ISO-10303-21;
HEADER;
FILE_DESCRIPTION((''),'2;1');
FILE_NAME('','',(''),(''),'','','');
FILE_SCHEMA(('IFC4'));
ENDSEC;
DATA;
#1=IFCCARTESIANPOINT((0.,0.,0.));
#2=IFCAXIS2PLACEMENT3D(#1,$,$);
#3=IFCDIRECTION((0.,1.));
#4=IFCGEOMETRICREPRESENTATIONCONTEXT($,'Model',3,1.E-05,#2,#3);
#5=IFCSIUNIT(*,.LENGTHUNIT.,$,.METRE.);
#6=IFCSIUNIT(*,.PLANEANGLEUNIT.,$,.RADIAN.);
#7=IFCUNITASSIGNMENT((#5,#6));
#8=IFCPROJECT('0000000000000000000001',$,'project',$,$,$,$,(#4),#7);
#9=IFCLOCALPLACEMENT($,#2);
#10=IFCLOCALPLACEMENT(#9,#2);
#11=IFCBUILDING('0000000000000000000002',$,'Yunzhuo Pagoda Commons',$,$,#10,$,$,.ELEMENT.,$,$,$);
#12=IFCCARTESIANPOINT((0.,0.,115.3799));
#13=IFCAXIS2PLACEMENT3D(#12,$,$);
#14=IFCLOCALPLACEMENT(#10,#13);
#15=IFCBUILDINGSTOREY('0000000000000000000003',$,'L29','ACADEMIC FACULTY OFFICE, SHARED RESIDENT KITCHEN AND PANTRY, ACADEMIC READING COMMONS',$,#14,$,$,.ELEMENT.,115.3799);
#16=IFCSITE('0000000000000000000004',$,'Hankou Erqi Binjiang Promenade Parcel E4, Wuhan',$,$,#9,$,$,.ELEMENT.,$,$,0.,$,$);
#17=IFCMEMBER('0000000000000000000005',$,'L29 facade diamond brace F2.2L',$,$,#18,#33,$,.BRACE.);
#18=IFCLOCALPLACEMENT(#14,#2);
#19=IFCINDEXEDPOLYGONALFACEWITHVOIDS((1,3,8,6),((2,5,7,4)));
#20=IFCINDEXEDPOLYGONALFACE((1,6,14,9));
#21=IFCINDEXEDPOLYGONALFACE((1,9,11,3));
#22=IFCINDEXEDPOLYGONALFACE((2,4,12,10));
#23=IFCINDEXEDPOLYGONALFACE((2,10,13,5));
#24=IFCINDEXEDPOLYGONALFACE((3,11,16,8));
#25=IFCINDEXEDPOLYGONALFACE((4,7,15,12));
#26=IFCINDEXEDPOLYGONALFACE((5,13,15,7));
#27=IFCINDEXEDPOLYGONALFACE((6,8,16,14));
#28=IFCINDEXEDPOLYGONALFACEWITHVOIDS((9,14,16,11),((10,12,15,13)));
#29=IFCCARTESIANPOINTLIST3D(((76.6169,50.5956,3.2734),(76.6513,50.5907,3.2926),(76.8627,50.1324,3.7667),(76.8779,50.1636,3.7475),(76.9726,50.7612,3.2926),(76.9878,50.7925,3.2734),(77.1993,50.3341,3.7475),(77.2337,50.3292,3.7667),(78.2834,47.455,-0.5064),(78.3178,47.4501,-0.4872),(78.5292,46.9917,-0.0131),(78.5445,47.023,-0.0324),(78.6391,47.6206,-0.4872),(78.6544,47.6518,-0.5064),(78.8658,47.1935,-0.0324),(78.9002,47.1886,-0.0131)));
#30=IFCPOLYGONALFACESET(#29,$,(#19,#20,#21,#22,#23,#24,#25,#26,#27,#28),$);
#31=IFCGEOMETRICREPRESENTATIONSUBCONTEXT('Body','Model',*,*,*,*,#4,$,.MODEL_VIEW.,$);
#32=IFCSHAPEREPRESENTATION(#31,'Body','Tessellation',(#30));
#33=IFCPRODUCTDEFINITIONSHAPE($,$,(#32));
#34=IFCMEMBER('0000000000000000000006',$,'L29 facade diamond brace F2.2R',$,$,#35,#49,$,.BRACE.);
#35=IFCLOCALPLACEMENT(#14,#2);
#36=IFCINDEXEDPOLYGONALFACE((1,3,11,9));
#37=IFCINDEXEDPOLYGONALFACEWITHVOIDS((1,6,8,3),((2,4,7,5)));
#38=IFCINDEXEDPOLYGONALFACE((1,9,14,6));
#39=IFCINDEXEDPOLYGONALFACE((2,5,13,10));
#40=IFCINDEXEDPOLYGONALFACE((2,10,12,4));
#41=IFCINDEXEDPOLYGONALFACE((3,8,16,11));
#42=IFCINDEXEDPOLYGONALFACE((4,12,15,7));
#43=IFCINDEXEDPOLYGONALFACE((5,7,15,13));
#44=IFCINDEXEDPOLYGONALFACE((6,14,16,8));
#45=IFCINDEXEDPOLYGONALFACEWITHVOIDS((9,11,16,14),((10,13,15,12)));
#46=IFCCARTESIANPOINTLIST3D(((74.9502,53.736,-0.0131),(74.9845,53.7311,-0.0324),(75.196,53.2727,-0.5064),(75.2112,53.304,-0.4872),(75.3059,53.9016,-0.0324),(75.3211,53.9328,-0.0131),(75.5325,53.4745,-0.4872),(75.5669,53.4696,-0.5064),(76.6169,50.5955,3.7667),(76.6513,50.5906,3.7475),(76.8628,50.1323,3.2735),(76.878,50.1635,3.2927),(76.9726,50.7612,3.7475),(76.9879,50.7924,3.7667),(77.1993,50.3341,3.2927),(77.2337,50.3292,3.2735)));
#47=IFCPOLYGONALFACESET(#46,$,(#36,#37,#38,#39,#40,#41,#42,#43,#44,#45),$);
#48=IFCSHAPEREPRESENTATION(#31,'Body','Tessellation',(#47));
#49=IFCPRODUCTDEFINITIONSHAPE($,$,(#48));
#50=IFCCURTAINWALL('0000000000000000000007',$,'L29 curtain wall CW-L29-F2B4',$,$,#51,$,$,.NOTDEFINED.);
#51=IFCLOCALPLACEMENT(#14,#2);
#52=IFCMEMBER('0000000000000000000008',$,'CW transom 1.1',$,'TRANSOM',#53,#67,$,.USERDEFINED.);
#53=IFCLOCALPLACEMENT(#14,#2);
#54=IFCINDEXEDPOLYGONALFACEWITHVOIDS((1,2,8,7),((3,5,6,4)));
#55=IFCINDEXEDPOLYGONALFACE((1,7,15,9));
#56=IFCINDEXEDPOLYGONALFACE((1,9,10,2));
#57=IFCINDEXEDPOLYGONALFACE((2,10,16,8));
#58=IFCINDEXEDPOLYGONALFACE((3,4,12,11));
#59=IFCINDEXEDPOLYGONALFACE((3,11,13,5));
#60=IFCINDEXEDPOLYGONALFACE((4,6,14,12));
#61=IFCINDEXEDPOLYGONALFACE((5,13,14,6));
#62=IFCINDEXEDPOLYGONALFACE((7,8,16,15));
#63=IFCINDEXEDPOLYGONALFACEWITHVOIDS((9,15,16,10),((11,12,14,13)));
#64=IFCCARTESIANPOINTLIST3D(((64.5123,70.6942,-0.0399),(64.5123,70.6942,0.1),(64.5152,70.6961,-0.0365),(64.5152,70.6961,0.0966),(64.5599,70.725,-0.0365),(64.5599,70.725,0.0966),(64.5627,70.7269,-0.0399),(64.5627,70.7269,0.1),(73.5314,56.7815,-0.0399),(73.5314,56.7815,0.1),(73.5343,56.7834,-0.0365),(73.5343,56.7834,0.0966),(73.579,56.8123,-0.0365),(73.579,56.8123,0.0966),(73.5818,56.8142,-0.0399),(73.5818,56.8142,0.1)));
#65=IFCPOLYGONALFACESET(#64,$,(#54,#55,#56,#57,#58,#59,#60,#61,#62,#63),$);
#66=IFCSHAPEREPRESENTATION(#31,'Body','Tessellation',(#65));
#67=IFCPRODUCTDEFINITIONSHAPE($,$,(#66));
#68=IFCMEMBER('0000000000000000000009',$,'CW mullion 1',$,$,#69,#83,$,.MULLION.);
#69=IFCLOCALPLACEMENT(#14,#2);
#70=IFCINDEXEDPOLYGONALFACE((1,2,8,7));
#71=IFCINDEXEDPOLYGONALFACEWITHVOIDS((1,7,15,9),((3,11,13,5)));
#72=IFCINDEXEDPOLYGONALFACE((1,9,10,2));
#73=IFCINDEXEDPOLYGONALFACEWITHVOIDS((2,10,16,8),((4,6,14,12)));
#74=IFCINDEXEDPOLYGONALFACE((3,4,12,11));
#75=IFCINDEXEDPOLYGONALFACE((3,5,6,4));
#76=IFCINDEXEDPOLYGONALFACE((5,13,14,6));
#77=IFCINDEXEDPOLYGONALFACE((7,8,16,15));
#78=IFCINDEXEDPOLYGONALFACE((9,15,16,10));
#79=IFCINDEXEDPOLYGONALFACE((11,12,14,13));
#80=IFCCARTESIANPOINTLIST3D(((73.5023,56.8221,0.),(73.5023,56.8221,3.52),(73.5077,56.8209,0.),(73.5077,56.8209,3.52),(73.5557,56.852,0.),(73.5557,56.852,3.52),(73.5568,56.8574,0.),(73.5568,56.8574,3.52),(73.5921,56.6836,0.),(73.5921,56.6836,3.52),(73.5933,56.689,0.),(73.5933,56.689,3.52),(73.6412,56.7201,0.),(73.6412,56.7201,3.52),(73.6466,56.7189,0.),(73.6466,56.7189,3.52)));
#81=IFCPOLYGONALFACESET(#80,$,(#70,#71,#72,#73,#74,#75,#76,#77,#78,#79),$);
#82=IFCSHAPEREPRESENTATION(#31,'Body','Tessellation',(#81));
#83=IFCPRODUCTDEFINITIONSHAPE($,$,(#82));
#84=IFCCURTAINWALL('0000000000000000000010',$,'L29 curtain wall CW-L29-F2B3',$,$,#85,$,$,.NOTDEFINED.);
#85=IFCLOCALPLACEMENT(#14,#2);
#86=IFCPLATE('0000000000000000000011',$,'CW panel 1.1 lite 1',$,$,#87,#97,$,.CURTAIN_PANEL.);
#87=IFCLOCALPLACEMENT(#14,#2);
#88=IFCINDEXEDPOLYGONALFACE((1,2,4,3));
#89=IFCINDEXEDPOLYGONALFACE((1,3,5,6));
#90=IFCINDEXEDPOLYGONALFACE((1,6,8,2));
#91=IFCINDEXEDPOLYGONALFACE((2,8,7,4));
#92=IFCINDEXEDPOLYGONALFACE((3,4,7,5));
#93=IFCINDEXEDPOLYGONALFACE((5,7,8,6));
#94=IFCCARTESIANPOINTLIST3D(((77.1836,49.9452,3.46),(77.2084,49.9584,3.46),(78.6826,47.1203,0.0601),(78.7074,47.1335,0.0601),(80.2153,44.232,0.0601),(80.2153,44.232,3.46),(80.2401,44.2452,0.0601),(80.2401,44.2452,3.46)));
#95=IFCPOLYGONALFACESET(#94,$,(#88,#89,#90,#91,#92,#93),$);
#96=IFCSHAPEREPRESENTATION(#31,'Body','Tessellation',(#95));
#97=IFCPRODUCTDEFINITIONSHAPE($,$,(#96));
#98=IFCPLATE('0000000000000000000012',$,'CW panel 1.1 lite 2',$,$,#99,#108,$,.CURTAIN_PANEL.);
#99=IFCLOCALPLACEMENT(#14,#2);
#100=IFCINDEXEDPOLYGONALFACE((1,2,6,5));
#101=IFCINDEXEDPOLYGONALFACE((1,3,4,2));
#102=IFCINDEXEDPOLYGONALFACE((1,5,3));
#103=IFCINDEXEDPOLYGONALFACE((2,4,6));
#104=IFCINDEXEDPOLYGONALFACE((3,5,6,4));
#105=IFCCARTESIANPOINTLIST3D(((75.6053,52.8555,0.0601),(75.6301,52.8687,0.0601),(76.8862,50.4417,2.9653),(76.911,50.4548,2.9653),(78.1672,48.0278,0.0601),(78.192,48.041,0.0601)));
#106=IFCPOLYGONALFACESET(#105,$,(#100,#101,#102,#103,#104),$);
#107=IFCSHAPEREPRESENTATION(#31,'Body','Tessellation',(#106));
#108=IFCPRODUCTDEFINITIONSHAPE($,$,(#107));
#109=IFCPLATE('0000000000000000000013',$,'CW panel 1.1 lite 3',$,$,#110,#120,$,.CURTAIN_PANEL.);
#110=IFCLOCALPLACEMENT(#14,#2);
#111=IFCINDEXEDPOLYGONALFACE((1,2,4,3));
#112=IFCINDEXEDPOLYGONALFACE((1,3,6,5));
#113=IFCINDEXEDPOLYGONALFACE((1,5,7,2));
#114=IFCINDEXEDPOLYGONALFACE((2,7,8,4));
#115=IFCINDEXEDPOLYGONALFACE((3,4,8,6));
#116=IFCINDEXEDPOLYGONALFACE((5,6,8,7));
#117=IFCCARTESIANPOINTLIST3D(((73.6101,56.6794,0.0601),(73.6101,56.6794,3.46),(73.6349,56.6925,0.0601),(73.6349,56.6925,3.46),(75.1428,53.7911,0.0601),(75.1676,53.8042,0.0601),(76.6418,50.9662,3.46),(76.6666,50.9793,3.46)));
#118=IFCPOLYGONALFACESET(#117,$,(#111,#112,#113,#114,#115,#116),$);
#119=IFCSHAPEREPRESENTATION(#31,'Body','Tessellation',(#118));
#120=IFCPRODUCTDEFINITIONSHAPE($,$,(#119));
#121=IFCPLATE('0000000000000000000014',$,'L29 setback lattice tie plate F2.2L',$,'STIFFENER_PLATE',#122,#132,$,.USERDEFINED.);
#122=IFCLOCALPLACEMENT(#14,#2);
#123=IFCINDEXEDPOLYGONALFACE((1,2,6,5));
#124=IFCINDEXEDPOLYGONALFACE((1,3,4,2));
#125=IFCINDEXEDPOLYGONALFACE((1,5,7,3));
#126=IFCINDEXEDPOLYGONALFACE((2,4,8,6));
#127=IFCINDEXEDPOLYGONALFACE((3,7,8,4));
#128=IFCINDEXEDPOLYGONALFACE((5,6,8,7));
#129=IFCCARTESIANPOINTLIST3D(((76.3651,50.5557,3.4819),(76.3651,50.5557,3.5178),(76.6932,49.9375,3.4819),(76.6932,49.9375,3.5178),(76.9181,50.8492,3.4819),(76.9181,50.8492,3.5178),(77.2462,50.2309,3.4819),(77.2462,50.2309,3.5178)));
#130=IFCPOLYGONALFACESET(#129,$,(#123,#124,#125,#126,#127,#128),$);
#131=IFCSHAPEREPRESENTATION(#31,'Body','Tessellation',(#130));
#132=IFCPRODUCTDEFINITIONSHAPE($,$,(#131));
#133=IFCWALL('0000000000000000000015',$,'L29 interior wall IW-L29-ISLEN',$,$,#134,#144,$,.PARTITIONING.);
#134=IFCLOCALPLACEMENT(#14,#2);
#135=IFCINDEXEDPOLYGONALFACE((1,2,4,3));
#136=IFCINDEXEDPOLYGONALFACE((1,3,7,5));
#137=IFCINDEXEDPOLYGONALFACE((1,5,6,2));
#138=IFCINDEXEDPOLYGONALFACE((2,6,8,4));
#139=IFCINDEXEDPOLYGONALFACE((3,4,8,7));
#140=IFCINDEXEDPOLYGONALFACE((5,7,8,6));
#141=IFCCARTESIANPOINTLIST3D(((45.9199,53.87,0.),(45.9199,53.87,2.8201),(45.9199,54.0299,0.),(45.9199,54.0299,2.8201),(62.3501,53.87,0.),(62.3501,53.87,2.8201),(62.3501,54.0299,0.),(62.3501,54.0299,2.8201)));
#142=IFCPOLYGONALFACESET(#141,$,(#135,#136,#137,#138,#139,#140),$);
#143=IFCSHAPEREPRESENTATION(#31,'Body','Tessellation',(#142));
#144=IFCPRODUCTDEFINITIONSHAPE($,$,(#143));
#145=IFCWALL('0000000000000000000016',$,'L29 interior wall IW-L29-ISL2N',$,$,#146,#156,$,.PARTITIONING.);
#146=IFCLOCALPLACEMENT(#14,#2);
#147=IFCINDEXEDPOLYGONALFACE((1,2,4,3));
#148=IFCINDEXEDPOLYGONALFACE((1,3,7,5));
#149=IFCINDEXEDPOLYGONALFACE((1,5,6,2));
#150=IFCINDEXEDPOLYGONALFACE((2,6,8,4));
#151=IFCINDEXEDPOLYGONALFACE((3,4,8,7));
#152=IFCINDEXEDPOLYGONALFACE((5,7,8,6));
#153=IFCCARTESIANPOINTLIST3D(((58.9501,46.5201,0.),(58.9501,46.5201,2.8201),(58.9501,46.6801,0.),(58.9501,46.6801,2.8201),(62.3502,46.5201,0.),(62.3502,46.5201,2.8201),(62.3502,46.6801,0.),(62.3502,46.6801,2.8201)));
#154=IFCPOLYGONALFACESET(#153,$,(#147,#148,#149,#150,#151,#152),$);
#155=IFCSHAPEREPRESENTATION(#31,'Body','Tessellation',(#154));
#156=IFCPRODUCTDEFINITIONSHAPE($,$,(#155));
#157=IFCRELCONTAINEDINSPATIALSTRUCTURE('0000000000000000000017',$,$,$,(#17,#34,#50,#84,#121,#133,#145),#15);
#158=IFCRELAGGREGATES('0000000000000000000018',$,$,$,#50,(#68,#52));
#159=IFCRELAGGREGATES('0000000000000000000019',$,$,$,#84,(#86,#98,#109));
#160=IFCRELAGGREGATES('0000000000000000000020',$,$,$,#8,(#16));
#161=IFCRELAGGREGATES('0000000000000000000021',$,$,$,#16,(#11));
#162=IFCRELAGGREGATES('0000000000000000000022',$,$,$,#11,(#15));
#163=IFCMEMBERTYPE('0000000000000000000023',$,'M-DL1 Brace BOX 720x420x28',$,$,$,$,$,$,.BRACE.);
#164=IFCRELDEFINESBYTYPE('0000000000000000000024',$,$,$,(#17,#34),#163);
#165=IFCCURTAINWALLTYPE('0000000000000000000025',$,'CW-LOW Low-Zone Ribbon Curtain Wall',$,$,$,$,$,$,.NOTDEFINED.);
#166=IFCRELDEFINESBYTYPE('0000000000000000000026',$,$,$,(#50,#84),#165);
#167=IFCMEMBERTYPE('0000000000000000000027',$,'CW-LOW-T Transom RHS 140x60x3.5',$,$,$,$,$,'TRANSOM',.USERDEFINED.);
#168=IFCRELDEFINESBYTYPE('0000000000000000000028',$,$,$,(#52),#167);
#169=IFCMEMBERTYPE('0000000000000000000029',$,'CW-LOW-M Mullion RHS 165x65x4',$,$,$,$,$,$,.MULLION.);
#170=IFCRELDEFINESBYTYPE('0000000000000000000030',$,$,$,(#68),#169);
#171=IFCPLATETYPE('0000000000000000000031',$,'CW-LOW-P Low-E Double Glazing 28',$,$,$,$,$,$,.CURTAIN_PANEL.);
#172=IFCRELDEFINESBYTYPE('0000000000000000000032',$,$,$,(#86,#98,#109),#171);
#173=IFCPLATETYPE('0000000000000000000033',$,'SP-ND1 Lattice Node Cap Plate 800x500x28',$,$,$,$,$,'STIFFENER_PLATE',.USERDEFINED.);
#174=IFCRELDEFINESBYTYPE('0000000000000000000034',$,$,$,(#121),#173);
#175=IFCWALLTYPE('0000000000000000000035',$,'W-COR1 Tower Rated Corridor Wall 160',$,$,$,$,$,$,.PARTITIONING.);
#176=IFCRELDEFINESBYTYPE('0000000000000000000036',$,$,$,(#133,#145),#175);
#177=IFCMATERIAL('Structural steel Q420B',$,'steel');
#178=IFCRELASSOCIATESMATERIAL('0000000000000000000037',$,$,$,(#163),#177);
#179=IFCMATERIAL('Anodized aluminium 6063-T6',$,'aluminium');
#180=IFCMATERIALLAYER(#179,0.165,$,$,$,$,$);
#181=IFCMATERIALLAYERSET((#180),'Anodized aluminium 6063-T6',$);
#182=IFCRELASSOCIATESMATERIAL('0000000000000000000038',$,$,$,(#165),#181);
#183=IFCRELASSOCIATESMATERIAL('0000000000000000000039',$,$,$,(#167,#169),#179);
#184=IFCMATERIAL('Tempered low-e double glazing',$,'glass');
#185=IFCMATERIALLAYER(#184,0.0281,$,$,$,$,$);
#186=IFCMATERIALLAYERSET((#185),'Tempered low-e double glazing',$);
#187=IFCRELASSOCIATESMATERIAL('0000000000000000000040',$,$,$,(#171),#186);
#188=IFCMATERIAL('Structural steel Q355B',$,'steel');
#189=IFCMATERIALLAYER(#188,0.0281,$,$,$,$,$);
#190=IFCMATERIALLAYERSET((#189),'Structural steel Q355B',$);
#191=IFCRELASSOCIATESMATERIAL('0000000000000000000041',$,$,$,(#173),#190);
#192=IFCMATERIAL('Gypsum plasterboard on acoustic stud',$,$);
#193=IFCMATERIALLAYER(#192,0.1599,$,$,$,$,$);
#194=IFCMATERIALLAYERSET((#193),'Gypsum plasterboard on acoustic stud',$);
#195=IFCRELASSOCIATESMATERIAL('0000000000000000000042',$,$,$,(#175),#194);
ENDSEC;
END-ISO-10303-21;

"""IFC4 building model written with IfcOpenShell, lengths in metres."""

from ifc_helpers import new_model, si_unit, direction, frame, frame_2d, origin, origin_2d, place, context, subcontext, project, spatial, polyline, rectangle, hollow_rectangle, outline, extrude, source, transform, mapped, material, layer, layer_set, material_profile, profile_set, type_object, element, aggregate, save


model = new_model("IFC4")

# Units and contexts
model_context = context("Model", 3, precision=1e-05, world=origin(), true_north=direction((0.0, 1.0)))
body_context = subcontext(model_context, "Body", "Model", "MODEL_VIEW")
ifc_project = project(units=[si_unit("LENGTHUNIT", "METRE"), si_unit("PLANEANGLEUNIT", "RADIAN")], contexts=[model_context])

# Site, building, storey
site_placement = place(None, origin())
site = spatial("IfcSite", under=ifc_project, at=site_placement, Name="Hankou Erqi Binjiang Promenade Parcel E4, Wuhan", CompositionType="ELEMENT", RefElevation=0.0)
building_placement = place(site_placement, origin())
building = spatial("IfcBuilding", under=site, at=building_placement, Name="Yunzhuo Pagoda Commons", CompositionType="ELEMENT")
storey_placement = place(building_placement, frame((0.0, 0.0, 115.3799)))
storey = spatial("IfcBuildingStorey", under=building, at=storey_placement, Name="L29", Description="ACADEMIC FACULTY OFFICE, SHARED RESIDENT KITCHEN AND PANTRY, ACADEMIC READING COMMONS", CompositionType="ELEMENT", Elevation=115.3799)

# Shared definitions
ifc_material_1 = material(Name="Structural steel Q420B", Category="steel")

# Shared definitions
ifc_material_2 = material(Name="Structural steel Q355B", Category="steel")

# Members
ifc_material_profile_1 = material_profile(ifc_material_1, hollow_rectangle(XDim=0.4199, YDim=0.72, WallThickness=0.0281, at=origin_2d()), Name="Structural steel Q420B")
ifc_profile_set_1 = profile_set([ifc_material_profile_1], Name="Structural steel Q420B")
member_type_1 = type_object("IfcMemberType", Name="M-DL1 Brace BOX 720x420x28", PredefinedType="BRACE", material=ifc_profile_set_1)
shared_shape_1 = source(origin(), body_context, "Body", "SweptSolid", [
    extrude(hollow_rectangle(XDim=0.4199, YDim=0.72, WallThickness=0.0281, at=origin_2d()), origin(), (0.0, 0.0, 1.0), 5.1892),
])
for number, where, z_axis, x_axis, name in (
    (1, (78.5918, 47.3218, -0.2598), (-0.32115, 0.605226, 0.728398), (-0.883343, -0.468727, 0.0), "L29 facade diamond brace F2.2L"),
    (2, (75.2585, 53.6028, -0.2598), (0.321201, -0.605187, 0.728408), (0.8833, 0.468809, 0.0), "L29 facade diamond brace F2.2R"),
):
    element("IfcMember", number, at=place(storey_placement, frame(where, z_axis=z_axis, x_axis=x_axis)), inside=storey, type_object=member_type_1, Name=name, PredefinedType="BRACE", context=body_context, shape_type="MappedRepresentation", body=[
        mapped(shared_shape_1, transform((0.0, 0.0, 0.0), scale=1.0)),
    ])

# Curtain wall, members
ifc_material_3 = material(Name="Anodized aluminium 6063-T6", Category="aluminium")
ifc_layer_1 = layer(ifc_material_3, 0.165)
ifc_layer_set_1 = layer_set([ifc_layer_1], Name="Anodized aluminium 6063-T6")
curtain_wall_type = type_object("IfcCurtainWallType", Name="CW-LOW Low-Zone Ribbon Curtain Wall", PredefinedType="NOTDEFINED", material=ifc_layer_set_1)
curtain_wall_1_placement = place(storey_placement, origin())
curtain_wall_1 = element("IfcCurtainWall", 3, at=curtain_wall_1_placement, inside=storey, type_object=curtain_wall_type, Name="L29 curtain wall CW-L29-F2B4", PredefinedType="NOTDEFINED")
ifc_material_profile_2 = material_profile(ifc_material_3, hollow_rectangle(XDim=0.0601, YDim=0.1399, WallThickness=0.0034, at=origin_2d()), Name="Anodized aluminium 6063-T6")
ifc_profile_set_2 = profile_set([ifc_material_profile_2], Name="Anodized aluminium 6063-T6")
member_type_2 = type_object("IfcMemberType", Name="CW-LOW-T Transom RHS 140x60x3.5", ElementType="TRANSOM", PredefinedType="USERDEFINED", material=ifc_profile_set_2)
shared_shape_2 = source(origin(), body_context, "Body", "SweptSolid", [
    extrude(hollow_rectangle(XDim=0.0601, YDim=0.1399, WallThickness=0.0034, at=origin_2d()), origin(), (0.0, 0.0, 1.0), 16.5803),
])
member_1_placement = place(storey_placement, frame((73.5566, 56.7979, 0.03), z_axis=(-0.543964, 0.839108, 0.0), x_axis=(-0.839108, -0.543964, 0.0)))
member_1 = element("IfcMember", 4, at=member_1_placement, type_object=member_type_2, Name="CW transom 1.1", ObjectType="TRANSOM", PredefinedType="USERDEFINED", context=body_context, shape_type="MappedRepresentation", body=[
    mapped(shared_shape_2, transform((0.0, 0.0, 0.0), scale=1.0)),
])
ifc_material_profile_3 = material_profile(ifc_material_3, hollow_rectangle(XDim=0.0649, YDim=0.165, WallThickness=0.0039, at=origin_2d()), Name="Anodized aluminium 6063-T6")
ifc_profile_set_3 = profile_set([ifc_material_profile_3], Name="Anodized aluminium 6063-T6")
member_type_3 = type_object("IfcMemberType", Name="CW-LOW-M Mullion RHS 165x65x4", PredefinedType="MULLION", material=ifc_profile_set_3)
shared_shape_3 = source(origin(), body_context, "Body", "SweptSolid", [
    extrude(hollow_rectangle(XDim=0.0649, YDim=0.165, WallThickness=0.0039, at=origin_2d()), origin(), (0.0, 0.0, 1.0), 3.52),
])
member_2_placement = place(storey_placement, frame((73.5745, 56.7705, 0.0), z_axis=(0.0, 0.0, 1.0), x_axis=(-0.839106, -0.543968, 0.0)))
member_2 = element("IfcMember", 5, at=member_2_placement, type_object=member_type_3, Name="CW mullion 1", PredefinedType="MULLION", context=body_context, shape_type="MappedRepresentation", body=[
    mapped(shared_shape_3, transform((0.0, 0.0, 0.0), scale=1.0)),
])
aggregate(curtain_wall_1, [member_2, member_1])

# Curtain wall, plates
curtain_wall_2_placement = place(storey_placement, origin())
curtain_wall_2 = element("IfcCurtainWall", 6, at=curtain_wall_2_placement, inside=storey, type_object=curtain_wall_type, Name="L29 curtain wall CW-L29-F2B3", PredefinedType="NOTDEFINED")
ifc_material_4 = material(Name="Tempered low-e double glazing", Category="glass")
ifc_layer_2 = layer(ifc_material_4, 0.0281)
ifc_layer_set_2 = layer_set([ifc_layer_2], Name="Tempered low-e double glazing")
plate_type_1 = type_object("IfcPlateType", Name="CW-LOW-P Low-E Double Glazing 28", PredefinedType="CURTAIN_PANEL", material=ifc_layer_set_2)
plate_1_placement = place(storey_placement, frame((78.6995, 47.0886, 1.76), z_axis=(0.883333, 0.468746, 0.0), x_axis=(-0.468746, 0.883333, 0.0)))
plate_1 = element("IfcPlate", 7, at=plate_1_placement, type_object=plate_type_1, Name="CW panel 1.1 lite 1", PredefinedType="CURTAIN_PANEL", context=body_context, shape_type="SweptSolid", body=[
    extrude(outline(polyline([(-3.2339, -1.7), (0.0359, -1.7), (3.2339, 1.7), (-3.2339, 1.7), (-3.2339, -1.7)])), origin(), (0.0, 0.0, 1.0), 0.0281),
])
plate_2_placement = place(storey_placement, frame((76.8862, 50.4417, 1.5127), z_axis=(0.883333, 0.468746, 0.0), x_axis=(-0.468746, 0.883333, 0.0)))
plate_2 = element("IfcPlate", 8, at=plate_2_placement, type_object=plate_type_1, Name="CW panel 1.1 lite 2", PredefinedType="CURTAIN_PANEL", context=body_context, shape_type="SweptSolid", body=[
    extrude(outline(polyline([(-2.7327, -1.4526), (2.7327, -1.4526), (0.0, 1.4526), (-2.7327, -1.4526)])), origin(), (0.0, 0.0, 1.0), 0.0281),
])
plate_3_placement = place(storey_placement, frame((75.126, 53.8228, 1.76), z_axis=(0.883333, 0.468746, 0.0), x_axis=(-0.468746, 0.883333, 0.0)))
plate_3 = element("IfcPlate", 9, at=plate_3_placement, type_object=plate_type_1, Name="CW panel 1.1 lite 3", PredefinedType="CURTAIN_PANEL", context=body_context, shape_type="SweptSolid", body=[
    extrude(outline(polyline([(-3.2339, 1.7), (-0.0359, -1.7), (3.2339, -1.7), (3.2339, 1.7), (-3.2339, 1.7)])), origin(), (0.0, 0.0, 1.0), 0.0281),
])
aggregate(curtain_wall_2, [plate_1, plate_2, plate_3])

# Plate
ifc_layer_3 = layer(ifc_material_2, 0.0281)
ifc_layer_set_3 = layer_set([ifc_layer_3], Name="Structural steel Q355B")
plate_type_2 = type_object("IfcPlateType", Name="SP-ND1 Lattice Node Cap Plate 800x500x28", ElementType="STIFFENER_PLATE", PredefinedType="USERDEFINED", material=ifc_layer_set_3)
shared_shape_4 = source(origin(), body_context, "Body", "SweptSolid", [
    extrude(rectangle(XDim=0.7, YDim=0.626, at=origin_2d()), origin(), (0.0, 0.0, 1.0), 0.0359),
])
plate_4_placement = place(storey_placement, frame((76.8057, 50.3933, 3.4819), z_axis=(0.0, 0.0, 1.0), x_axis=(-0.468747, 0.883332, 0.0)))
element("IfcPlate", 10, at=plate_4_placement, inside=storey, type_object=plate_type_2, Name="L29 setback lattice tie plate F2.2L", ObjectType="STIFFENER_PLATE", PredefinedType="USERDEFINED", context=body_context, shape_type="MappedRepresentation", body=[
    mapped(shared_shape_4, transform((0.0, 0.0, 0.0), scale=1.0)),
])

# Walls
ifc_material_5 = material(Name="Gypsum plasterboard on acoustic stud")
ifc_layer_4 = layer(ifc_material_5, 0.1599)
ifc_layer_set_4 = layer_set([ifc_layer_4], Name="Gypsum plasterboard on acoustic stud")
wall_type_1 = type_object("IfcWallType", Name="W-COR1 Tower Rated Corridor Wall 160", PredefinedType="PARTITIONING", material=ifc_layer_set_4)
wall_1_placement = place(storey_placement, frame((45.9199, 53.95, 0.0), z_axis=(0.0, 0.0, 1.0), x_axis=(1.0, 0.0, 0.0)))
element("IfcWall", 11, at=wall_1_placement, inside=storey, type_object=wall_type_1, Name="L29 interior wall IW-L29-ISLEN", PredefinedType="PARTITIONING", context=body_context, shape_type="SweptSolid", body=[
    extrude(rectangle(XDim=16.4302, YDim=0.1599, at=frame_2d((8.2151, 0.0))), origin(), (0.0, 0.0, 1.0), 2.8201),
])
wall_2_placement = place(storey_placement, frame((58.95, 46.6001, 0.0), z_axis=(0.0, 0.0, 1.0), x_axis=(1.0, 0.0, 0.0)))
element("IfcWall", 12, at=wall_2_placement, inside=storey, type_object=wall_type_1, Name="L29 interior wall IW-L29-ISL2N", PredefinedType="PARTITIONING", context=body_context, shape_type="SweptSolid", body=[
    extrude(rectangle(XDim=3.4001, YDim=0.1599, at=frame_2d((1.7002, 0.0))), origin(), (0.0, 0.0, 1.0), 2.8201),
])

save(model, "model.ifc")
